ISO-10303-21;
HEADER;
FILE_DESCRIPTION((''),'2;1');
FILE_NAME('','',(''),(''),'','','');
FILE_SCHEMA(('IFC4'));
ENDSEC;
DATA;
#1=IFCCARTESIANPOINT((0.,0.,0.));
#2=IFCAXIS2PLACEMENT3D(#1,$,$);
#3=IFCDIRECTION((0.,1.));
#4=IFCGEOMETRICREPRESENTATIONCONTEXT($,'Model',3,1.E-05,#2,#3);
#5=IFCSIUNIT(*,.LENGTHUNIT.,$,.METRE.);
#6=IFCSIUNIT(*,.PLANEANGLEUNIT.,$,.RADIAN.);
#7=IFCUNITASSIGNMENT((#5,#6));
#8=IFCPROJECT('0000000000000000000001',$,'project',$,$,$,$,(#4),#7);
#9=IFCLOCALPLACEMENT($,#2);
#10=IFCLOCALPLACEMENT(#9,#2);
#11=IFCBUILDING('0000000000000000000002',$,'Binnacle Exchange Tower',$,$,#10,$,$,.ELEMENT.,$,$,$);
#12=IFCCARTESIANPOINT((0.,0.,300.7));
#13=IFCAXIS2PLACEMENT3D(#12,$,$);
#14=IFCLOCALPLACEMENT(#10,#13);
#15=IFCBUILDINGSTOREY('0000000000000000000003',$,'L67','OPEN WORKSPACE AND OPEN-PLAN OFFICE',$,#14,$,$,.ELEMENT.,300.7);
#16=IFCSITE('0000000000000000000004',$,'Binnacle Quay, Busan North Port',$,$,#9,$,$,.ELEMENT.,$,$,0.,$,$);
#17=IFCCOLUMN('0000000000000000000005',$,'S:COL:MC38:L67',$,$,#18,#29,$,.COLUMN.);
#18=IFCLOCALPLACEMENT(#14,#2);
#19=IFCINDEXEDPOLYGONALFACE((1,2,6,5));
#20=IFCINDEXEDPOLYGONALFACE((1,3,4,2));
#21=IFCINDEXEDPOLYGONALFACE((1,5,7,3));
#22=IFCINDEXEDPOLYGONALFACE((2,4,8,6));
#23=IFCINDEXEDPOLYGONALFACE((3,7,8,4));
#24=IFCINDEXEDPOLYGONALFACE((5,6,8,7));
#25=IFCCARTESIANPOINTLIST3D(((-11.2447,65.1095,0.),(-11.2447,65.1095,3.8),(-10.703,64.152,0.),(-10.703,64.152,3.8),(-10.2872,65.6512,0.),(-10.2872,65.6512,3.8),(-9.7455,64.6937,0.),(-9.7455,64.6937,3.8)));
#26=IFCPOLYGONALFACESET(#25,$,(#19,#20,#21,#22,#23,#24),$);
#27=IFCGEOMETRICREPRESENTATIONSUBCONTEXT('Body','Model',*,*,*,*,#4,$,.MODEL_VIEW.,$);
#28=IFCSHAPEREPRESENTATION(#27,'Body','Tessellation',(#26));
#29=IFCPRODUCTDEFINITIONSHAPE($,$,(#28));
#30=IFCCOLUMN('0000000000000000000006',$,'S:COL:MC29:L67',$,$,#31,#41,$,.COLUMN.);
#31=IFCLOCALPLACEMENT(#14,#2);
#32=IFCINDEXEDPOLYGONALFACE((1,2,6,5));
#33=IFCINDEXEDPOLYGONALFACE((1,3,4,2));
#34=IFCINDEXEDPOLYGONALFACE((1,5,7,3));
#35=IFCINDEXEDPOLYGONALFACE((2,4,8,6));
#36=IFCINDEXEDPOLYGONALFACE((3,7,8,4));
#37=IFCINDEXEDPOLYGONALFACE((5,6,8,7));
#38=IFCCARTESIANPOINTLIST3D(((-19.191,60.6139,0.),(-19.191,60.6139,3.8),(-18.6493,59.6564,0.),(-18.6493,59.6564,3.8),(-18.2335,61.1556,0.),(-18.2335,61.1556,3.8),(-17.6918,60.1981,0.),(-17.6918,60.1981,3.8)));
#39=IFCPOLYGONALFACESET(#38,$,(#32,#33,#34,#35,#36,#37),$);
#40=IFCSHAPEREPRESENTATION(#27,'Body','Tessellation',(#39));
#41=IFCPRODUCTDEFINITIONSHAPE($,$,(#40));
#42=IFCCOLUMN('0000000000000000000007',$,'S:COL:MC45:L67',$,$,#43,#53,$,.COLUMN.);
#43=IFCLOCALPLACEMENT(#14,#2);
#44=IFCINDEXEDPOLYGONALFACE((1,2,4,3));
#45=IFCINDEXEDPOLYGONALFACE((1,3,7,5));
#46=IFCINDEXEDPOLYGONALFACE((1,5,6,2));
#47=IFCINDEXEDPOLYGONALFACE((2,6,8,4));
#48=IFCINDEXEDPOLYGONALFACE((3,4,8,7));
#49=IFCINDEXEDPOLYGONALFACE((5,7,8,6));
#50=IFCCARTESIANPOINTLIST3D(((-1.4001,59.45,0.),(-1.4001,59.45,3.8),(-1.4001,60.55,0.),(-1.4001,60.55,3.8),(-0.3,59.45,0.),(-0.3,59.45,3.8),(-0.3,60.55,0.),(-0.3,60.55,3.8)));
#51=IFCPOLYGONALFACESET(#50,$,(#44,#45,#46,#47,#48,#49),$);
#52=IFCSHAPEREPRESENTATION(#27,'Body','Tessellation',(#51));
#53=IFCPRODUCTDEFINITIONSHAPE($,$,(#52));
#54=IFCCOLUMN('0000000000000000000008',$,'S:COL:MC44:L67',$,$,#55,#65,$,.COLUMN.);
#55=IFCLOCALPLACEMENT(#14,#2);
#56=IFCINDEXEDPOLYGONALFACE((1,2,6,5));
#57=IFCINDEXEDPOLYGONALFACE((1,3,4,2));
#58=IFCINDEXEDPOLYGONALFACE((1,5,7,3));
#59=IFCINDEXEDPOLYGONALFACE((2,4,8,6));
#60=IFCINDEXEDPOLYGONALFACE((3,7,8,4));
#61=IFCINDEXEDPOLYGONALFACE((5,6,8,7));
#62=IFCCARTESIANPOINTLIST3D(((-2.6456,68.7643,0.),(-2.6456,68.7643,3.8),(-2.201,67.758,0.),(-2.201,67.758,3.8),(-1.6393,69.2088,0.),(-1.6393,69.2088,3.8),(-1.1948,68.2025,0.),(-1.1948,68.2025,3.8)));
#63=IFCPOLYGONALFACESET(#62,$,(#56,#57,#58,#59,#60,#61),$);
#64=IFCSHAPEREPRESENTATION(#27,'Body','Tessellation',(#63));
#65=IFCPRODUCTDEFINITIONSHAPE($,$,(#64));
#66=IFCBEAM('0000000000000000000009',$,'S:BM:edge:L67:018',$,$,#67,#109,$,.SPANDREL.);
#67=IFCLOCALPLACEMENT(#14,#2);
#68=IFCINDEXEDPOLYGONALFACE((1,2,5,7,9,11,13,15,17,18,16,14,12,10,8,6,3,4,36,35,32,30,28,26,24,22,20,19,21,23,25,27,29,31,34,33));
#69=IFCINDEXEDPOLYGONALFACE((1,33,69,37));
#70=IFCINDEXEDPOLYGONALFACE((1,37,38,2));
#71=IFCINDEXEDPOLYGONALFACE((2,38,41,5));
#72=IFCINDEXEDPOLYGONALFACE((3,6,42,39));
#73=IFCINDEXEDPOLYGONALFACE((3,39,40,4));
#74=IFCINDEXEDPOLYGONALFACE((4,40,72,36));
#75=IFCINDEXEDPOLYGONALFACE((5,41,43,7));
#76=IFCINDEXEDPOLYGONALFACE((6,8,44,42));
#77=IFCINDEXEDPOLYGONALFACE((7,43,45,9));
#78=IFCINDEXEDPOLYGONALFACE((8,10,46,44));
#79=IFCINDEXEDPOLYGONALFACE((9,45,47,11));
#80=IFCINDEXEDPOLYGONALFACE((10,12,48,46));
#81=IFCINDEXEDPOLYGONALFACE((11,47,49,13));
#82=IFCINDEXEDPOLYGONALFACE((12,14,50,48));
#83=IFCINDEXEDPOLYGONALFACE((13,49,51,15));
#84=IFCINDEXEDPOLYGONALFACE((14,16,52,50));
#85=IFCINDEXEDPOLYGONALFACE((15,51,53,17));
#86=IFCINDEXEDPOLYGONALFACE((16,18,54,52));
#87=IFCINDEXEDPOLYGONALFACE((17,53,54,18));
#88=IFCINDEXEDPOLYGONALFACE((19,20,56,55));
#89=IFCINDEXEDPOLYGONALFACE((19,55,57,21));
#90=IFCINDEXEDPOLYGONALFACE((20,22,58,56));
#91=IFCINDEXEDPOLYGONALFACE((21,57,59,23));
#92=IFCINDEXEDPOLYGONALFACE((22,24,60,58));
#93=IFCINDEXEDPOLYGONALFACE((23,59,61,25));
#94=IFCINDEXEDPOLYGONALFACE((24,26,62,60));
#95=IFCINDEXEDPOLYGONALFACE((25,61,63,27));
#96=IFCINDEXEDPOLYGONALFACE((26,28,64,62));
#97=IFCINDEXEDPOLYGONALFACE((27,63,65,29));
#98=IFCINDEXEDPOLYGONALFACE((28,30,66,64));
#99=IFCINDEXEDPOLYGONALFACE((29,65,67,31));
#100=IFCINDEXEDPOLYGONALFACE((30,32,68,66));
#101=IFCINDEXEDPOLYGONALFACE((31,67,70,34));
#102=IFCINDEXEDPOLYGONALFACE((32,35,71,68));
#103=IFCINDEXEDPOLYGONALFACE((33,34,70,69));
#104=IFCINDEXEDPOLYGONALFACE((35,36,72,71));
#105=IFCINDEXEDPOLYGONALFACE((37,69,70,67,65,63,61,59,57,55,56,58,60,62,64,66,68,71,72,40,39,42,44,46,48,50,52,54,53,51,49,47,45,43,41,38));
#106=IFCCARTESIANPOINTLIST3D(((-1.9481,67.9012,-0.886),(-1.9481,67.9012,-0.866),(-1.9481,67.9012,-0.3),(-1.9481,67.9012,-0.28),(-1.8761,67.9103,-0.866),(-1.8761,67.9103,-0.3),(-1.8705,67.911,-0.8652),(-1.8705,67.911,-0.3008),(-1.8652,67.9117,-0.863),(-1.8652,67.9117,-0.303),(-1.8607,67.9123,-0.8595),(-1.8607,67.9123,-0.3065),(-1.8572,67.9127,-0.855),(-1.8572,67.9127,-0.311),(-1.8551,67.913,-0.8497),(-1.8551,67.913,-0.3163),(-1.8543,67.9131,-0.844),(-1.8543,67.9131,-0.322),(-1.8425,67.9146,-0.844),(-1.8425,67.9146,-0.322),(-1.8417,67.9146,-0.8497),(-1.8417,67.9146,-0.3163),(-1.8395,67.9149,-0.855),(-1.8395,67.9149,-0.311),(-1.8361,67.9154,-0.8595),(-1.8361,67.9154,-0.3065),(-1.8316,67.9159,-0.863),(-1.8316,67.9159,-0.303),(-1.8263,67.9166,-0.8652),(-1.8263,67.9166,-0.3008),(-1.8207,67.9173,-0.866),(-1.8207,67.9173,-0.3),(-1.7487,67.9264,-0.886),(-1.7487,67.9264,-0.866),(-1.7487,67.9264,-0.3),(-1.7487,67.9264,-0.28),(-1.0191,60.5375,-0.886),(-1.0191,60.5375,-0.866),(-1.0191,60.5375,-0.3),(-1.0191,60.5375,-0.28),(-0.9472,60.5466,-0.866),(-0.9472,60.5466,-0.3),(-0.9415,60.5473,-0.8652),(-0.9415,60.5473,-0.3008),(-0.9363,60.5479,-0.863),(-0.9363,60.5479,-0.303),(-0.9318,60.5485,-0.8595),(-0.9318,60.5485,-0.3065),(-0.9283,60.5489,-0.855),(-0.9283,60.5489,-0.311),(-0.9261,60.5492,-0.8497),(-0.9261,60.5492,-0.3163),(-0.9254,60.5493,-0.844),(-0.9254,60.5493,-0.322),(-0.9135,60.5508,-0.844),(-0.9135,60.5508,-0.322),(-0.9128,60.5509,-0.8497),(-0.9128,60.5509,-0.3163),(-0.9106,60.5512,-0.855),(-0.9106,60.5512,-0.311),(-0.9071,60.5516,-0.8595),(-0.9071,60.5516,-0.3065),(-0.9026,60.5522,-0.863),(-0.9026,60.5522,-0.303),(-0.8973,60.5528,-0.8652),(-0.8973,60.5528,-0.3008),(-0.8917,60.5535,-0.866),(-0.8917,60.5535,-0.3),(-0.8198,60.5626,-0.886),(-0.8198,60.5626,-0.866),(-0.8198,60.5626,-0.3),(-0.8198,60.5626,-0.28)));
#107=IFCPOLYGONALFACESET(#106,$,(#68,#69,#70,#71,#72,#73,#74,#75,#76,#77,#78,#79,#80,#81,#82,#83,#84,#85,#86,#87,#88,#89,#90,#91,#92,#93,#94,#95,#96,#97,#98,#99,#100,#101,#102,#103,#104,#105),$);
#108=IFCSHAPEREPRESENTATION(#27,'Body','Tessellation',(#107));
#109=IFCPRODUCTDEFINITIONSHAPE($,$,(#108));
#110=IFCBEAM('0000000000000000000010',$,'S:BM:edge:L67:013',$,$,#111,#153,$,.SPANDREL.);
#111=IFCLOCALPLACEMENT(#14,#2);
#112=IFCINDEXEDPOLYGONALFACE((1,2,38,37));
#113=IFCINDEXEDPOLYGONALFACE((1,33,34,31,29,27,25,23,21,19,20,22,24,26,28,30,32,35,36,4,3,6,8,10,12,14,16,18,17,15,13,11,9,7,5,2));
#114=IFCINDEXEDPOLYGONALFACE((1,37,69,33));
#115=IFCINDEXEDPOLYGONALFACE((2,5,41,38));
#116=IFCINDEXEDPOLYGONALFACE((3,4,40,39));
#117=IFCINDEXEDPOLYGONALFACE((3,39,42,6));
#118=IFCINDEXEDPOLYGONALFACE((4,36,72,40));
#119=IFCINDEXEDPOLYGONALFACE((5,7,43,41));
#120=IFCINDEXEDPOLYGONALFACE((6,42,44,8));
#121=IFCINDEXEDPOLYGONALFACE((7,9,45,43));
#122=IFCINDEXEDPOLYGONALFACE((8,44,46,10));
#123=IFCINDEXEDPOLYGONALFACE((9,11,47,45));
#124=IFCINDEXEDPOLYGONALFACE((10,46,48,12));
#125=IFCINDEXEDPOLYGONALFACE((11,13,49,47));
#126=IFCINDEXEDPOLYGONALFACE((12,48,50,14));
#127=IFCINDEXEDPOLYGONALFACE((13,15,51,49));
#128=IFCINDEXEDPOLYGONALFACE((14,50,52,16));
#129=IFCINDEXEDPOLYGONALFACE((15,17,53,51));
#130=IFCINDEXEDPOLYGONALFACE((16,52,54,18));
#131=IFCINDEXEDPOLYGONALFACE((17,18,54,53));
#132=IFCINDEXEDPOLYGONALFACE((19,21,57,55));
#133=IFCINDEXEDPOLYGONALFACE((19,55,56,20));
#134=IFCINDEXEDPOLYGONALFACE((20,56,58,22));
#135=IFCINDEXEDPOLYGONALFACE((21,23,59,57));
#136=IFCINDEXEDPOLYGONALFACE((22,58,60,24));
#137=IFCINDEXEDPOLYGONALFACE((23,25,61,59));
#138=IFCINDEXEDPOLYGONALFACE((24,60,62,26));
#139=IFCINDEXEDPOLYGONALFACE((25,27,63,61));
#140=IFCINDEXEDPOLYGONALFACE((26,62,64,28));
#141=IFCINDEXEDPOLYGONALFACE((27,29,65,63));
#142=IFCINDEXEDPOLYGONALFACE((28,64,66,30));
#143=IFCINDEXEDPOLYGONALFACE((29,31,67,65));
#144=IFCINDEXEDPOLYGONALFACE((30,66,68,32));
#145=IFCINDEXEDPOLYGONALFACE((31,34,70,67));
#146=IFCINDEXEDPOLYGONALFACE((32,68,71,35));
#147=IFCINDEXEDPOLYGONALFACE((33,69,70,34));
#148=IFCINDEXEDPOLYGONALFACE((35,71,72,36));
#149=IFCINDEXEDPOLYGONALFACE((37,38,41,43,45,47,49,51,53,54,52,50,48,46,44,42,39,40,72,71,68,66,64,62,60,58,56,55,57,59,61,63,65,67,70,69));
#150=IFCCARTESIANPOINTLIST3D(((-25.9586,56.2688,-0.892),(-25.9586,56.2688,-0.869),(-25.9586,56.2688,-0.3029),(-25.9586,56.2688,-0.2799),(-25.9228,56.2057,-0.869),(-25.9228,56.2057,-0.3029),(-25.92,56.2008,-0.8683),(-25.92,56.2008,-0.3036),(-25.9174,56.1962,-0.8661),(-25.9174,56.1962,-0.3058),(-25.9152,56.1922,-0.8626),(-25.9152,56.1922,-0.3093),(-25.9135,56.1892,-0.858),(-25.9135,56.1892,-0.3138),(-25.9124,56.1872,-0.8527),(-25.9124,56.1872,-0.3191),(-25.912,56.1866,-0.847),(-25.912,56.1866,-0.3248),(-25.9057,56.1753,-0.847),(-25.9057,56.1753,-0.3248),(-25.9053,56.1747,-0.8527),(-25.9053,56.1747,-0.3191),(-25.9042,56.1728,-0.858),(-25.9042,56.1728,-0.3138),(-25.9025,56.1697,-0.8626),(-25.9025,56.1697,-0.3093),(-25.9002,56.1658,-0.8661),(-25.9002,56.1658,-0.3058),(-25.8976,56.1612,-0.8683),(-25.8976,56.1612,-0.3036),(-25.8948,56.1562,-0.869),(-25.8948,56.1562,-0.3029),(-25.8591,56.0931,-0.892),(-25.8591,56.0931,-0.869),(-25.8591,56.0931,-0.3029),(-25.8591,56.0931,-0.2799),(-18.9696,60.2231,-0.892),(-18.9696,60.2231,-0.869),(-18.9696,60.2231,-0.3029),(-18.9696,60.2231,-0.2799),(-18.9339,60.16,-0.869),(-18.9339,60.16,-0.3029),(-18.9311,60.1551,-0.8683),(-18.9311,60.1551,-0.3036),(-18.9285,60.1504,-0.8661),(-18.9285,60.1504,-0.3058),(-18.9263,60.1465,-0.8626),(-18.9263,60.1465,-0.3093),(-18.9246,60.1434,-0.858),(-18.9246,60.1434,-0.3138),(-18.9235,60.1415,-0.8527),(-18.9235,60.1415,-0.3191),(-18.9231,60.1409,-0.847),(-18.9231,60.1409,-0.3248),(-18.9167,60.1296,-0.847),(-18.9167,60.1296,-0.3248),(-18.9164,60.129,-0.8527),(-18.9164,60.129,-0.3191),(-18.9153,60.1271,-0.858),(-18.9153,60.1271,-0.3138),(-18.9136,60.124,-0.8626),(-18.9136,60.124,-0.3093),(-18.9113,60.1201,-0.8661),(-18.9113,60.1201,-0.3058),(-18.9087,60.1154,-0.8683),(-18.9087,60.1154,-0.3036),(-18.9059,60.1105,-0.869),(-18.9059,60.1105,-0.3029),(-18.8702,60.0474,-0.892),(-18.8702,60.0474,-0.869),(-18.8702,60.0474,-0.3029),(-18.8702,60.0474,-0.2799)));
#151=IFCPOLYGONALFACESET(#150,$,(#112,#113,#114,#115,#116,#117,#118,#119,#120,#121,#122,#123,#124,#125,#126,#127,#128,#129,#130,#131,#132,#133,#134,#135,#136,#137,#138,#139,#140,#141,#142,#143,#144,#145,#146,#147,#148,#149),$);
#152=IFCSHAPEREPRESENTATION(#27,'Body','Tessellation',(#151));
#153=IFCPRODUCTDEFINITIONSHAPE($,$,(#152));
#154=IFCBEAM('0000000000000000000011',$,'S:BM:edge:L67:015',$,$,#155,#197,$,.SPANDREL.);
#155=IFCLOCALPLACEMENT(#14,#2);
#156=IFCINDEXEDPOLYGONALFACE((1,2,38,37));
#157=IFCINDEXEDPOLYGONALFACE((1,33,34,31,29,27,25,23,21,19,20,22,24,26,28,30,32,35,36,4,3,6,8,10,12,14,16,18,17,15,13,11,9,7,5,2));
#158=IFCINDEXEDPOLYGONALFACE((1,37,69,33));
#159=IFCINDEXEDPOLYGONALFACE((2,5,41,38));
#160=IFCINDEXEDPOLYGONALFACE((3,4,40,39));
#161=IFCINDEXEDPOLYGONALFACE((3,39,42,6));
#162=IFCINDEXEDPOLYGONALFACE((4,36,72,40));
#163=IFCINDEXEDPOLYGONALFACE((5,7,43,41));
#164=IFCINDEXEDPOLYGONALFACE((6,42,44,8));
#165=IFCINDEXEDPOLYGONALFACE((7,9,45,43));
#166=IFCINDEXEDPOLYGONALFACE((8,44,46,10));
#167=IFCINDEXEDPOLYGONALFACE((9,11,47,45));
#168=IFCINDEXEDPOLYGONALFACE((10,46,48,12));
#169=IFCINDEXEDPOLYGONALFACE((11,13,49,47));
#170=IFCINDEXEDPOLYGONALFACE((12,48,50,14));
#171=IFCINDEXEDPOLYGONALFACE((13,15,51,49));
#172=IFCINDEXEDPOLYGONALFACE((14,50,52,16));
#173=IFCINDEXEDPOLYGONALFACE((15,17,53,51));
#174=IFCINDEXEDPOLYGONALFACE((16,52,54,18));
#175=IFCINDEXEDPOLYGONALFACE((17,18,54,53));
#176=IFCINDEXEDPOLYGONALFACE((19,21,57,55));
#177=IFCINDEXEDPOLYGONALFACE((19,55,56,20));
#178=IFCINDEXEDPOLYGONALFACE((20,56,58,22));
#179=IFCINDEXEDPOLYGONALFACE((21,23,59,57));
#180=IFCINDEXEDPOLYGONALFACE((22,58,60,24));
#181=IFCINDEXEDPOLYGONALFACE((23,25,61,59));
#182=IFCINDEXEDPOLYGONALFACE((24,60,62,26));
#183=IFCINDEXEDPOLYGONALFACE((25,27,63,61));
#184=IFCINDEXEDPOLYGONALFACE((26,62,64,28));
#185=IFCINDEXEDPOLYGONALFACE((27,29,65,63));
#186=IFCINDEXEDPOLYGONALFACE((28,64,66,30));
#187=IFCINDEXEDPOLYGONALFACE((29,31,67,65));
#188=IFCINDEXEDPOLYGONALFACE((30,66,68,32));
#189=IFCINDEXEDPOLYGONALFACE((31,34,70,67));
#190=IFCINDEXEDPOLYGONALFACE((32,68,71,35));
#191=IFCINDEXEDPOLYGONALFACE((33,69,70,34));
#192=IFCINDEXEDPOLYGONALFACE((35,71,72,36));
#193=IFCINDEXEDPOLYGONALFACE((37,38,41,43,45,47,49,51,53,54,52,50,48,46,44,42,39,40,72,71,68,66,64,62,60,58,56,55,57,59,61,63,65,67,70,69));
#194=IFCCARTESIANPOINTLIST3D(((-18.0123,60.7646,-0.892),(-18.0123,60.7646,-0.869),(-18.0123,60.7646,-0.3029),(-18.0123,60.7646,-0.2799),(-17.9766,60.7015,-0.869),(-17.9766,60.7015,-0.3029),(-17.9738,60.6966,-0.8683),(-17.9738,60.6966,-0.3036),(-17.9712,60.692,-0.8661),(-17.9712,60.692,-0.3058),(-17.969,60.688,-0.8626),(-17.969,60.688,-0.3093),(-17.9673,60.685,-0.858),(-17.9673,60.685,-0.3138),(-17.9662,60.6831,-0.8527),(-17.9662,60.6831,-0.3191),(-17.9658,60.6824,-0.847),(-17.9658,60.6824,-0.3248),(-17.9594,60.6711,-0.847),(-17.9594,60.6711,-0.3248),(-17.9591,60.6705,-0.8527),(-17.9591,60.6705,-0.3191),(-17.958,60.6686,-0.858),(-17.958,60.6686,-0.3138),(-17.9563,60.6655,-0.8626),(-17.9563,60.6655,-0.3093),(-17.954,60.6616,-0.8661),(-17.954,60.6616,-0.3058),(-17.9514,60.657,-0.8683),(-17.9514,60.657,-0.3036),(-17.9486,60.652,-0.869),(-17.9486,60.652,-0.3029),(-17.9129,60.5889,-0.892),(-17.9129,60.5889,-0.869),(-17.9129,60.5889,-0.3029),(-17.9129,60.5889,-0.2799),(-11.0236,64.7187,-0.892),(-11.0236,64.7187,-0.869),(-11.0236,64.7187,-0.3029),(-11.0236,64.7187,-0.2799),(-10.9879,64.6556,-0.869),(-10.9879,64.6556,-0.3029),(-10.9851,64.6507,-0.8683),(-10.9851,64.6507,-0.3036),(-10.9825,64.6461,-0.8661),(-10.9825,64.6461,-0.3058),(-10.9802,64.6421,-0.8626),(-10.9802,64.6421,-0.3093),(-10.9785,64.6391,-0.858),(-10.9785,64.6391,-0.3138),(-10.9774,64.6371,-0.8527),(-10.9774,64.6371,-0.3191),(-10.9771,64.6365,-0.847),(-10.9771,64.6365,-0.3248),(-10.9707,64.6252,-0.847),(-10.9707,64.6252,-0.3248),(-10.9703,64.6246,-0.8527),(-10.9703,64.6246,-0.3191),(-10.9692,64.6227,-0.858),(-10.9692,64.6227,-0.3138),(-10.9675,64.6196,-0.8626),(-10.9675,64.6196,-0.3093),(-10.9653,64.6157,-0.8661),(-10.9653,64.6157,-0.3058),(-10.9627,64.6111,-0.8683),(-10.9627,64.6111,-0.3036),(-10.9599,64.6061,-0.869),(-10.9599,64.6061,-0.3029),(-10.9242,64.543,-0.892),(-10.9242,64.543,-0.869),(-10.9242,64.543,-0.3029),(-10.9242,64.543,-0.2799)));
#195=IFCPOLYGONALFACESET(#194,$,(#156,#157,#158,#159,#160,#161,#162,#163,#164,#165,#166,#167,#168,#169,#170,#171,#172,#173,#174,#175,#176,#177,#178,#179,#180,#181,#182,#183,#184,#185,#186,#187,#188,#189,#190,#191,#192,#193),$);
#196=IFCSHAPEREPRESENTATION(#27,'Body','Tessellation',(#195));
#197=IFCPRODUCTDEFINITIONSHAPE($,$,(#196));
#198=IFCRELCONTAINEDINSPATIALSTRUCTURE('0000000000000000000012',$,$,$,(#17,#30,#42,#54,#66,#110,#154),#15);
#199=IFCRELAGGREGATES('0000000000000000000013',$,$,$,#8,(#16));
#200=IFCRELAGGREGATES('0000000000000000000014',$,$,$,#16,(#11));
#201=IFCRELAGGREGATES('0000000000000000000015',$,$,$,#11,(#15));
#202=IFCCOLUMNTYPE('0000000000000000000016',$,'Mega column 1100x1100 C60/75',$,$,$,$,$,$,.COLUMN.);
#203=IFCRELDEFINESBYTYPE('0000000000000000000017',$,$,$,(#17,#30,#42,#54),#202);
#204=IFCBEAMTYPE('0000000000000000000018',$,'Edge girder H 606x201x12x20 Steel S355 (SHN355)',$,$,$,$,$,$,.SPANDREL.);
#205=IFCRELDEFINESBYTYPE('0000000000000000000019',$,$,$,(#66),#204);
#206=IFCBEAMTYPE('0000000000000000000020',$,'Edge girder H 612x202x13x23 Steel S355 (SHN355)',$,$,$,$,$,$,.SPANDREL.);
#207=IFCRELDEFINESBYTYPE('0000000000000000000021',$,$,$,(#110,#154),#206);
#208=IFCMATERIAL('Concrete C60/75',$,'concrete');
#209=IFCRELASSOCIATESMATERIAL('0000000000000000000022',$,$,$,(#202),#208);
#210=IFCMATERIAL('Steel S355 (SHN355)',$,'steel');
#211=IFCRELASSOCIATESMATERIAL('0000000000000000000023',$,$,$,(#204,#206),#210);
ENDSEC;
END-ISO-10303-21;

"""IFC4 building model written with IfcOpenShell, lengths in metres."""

from ifc_helpers import new_model, si_unit, direction, frame, origin, origin_2d, place, context, subcontext, project, spatial, rectangle, i_section, extrude, material, material_profile, profile_set, type_object, element, save


model = new_model("IFC4")

# Units and contexts
model_context = context("Model", 3, precision=1e-05, world=origin(), true_north=direction((0.0, 1.0)))
body_context = subcontext(model_context, "Body", "Model", "MODEL_VIEW")
ifc_project = project(units=[si_unit("LENGTHUNIT", "METRE"), si_unit("PLANEANGLEUNIT", "RADIAN")], contexts=[model_context])

# Site, building, storey
site_placement = place(None, origin())
site = spatial("IfcSite", under=ifc_project, at=site_placement, Name="Binnacle Quay, Busan North Port", CompositionType="ELEMENT", RefElevation=0.0)
building_placement = place(site_placement, origin())
building = spatial("IfcBuilding", under=site, at=building_placement, Name="Binnacle Exchange Tower", CompositionType="ELEMENT")
storey_placement = place(building_placement, frame((0.0, 0.0, 300.7)))
storey = spatial("IfcBuildingStorey", under=building, at=storey_placement, Name="L67", Description="OPEN WORKSPACE AND OPEN-PLAN OFFICE", CompositionType="ELEMENT", Elevation=300.7)

# Columns
ifc_material_1 = material(Name="Concrete C60/75", Category="concrete")
ifc_material_profile_1 = material_profile(ifc_material_1, rectangle(XDim=1.1001, YDim=1.1001, at=origin_2d()), Name="Mega column 1100x1100 C60/75")
ifc_profile_set_1 = profile_set([ifc_material_profile_1], Name="Concrete C60/75")
column_type = type_object("IfcColumnType", Name="Mega column 1100x1100 C60/75", PredefinedType="COLUMN", material=ifc_profile_set_1)
for number, where, z_axis, x_axis, name in (
    (1, (-10.4951, 64.9016, 0.0), (0.0, 0.0, 1.0), (-0.870356, -0.492424, 0.0), "S:COL:MC38:L67"),
    (2, (-18.4414, 60.406, 0.0), (0.0, 0.0, 1.0), (-0.870356, -0.492424, 0.0), "S:COL:MC29:L67"),
    (3, (-0.8501, 60.0, 0.0), (0.0, 0.0, 1.0), (0.0, 1.0, 0.0), "S:COL:MC45:L67"),
    (4, (-1.9202, 68.4834, 0.0), (0.0, 0.0, 1.0), (-0.914713, -0.404104, 0.0), "S:COL:MC44:L67"),
):
    element("IfcColumn", number, at=place(storey_placement, frame(where, z_axis=z_axis, x_axis=x_axis)), inside=storey, type_object=column_type, Name=name, PredefinedType="COLUMN", context=body_context, shape_type="SweptSolid", body=[
        extrude(rectangle(XDim=1.1001, YDim=1.1001, at=origin_2d()), origin(), (0.0, 0.0, 1.0), 3.8),
    ])

# Beams
ifc_material_2 = material(Name="Steel S355 (SHN355)", Category="steel")
ifc_material_profile_2 = material_profile(ifc_material_2, i_section(OverallWidth=0.2009, OverallDepth=0.606, WebThickness=0.012, FlangeThickness=0.02, FilletRadius=0.022, at=origin_2d()), Name="H 606x201x12x20")
ifc_profile_set_2 = profile_set([ifc_material_profile_2], Name="Steel S355 (SHN355)")
beam_type_1 = type_object("IfcBeamType", Name="Edge girder H 606x201x12x20 Steel S355 (SHN355)", PredefinedType="SPANDREL", material=ifc_profile_set_2)
beam_1_placement = place(storey_placement, frame((-0.9194, 60.55, -0.583), z_axis=(-0.12516, 0.992137, 0.0), x_axis=(-0.992137, -0.12516, 0.0)))
element("IfcBeam", 5, at=beam_1_placement, inside=storey, type_object=beam_type_1, Name="S:BM:edge:L67:018", PredefinedType="SPANDREL", context=body_context, shape_type="SweptSolid", body=[
    extrude(i_section(OverallWidth=0.2009, OverallDepth=0.606, WebThickness=0.012, FlangeThickness=0.02, FilletRadius=0.022, at=origin_2d()), origin(), (0.0, 0.0, 1.0), 7.4221),
])
ifc_material_profile_3 = material_profile(ifc_material_2, i_section(OverallWidth=0.2019, OverallDepth=0.6121, WebThickness=0.0129, FlangeThickness=0.0229, FilletRadius=0.022, at=origin_2d()), Name="H 612x202x13x23")
ifc_profile_set_3 = profile_set([ifc_material_profile_3], Name="Steel S355 (SHN355)")
beam_type_2 = type_object("IfcBeamType", Name="Edge girder H 612x202x13x23 Steel S355 (SHN355)", PredefinedType="SPANDREL", material=ifc_profile_set_3)
beam_2_placement = place(storey_placement, frame((-18.9199, 60.1353, -0.5859), z_axis=(-0.870348, -0.492438, 0.0), x_axis=(0.492438, -0.870348, 0.0)))
element("IfcBeam", 6, at=beam_2_placement, inside=storey, type_object=beam_type_2, Name="S:BM:edge:L67:013", PredefinedType="SPANDREL", context=body_context, shape_type="SweptSolid", body=[
    extrude(i_section(OverallWidth=0.2019, OverallDepth=0.6121, WebThickness=0.0129, FlangeThickness=0.0229, FilletRadius=0.022, at=origin_2d()), origin(), (0.0, 0.0, 1.0), 8.03),
])
beam_3_placement = place(storey_placement, frame((-10.9739, 64.6309, -0.5859), z_axis=(-0.870353, -0.492428, 0.0), x_axis=(0.492428, -0.870353, 0.0)))
element("IfcBeam", 7, at=beam_3_placement, inside=storey, type_object=beam_type_2, Name="S:BM:edge:L67:015", PredefinedType="SPANDREL", context=body_context, shape_type="SweptSolid", body=[
    extrude(i_section(OverallWidth=0.2019, OverallDepth=0.6121, WebThickness=0.0129, FlangeThickness=0.0229, FilletRadius=0.022, at=origin_2d()), origin(), (0.0, 0.0, 1.0), 8.0298),
])

save(model, "model.ifc")
